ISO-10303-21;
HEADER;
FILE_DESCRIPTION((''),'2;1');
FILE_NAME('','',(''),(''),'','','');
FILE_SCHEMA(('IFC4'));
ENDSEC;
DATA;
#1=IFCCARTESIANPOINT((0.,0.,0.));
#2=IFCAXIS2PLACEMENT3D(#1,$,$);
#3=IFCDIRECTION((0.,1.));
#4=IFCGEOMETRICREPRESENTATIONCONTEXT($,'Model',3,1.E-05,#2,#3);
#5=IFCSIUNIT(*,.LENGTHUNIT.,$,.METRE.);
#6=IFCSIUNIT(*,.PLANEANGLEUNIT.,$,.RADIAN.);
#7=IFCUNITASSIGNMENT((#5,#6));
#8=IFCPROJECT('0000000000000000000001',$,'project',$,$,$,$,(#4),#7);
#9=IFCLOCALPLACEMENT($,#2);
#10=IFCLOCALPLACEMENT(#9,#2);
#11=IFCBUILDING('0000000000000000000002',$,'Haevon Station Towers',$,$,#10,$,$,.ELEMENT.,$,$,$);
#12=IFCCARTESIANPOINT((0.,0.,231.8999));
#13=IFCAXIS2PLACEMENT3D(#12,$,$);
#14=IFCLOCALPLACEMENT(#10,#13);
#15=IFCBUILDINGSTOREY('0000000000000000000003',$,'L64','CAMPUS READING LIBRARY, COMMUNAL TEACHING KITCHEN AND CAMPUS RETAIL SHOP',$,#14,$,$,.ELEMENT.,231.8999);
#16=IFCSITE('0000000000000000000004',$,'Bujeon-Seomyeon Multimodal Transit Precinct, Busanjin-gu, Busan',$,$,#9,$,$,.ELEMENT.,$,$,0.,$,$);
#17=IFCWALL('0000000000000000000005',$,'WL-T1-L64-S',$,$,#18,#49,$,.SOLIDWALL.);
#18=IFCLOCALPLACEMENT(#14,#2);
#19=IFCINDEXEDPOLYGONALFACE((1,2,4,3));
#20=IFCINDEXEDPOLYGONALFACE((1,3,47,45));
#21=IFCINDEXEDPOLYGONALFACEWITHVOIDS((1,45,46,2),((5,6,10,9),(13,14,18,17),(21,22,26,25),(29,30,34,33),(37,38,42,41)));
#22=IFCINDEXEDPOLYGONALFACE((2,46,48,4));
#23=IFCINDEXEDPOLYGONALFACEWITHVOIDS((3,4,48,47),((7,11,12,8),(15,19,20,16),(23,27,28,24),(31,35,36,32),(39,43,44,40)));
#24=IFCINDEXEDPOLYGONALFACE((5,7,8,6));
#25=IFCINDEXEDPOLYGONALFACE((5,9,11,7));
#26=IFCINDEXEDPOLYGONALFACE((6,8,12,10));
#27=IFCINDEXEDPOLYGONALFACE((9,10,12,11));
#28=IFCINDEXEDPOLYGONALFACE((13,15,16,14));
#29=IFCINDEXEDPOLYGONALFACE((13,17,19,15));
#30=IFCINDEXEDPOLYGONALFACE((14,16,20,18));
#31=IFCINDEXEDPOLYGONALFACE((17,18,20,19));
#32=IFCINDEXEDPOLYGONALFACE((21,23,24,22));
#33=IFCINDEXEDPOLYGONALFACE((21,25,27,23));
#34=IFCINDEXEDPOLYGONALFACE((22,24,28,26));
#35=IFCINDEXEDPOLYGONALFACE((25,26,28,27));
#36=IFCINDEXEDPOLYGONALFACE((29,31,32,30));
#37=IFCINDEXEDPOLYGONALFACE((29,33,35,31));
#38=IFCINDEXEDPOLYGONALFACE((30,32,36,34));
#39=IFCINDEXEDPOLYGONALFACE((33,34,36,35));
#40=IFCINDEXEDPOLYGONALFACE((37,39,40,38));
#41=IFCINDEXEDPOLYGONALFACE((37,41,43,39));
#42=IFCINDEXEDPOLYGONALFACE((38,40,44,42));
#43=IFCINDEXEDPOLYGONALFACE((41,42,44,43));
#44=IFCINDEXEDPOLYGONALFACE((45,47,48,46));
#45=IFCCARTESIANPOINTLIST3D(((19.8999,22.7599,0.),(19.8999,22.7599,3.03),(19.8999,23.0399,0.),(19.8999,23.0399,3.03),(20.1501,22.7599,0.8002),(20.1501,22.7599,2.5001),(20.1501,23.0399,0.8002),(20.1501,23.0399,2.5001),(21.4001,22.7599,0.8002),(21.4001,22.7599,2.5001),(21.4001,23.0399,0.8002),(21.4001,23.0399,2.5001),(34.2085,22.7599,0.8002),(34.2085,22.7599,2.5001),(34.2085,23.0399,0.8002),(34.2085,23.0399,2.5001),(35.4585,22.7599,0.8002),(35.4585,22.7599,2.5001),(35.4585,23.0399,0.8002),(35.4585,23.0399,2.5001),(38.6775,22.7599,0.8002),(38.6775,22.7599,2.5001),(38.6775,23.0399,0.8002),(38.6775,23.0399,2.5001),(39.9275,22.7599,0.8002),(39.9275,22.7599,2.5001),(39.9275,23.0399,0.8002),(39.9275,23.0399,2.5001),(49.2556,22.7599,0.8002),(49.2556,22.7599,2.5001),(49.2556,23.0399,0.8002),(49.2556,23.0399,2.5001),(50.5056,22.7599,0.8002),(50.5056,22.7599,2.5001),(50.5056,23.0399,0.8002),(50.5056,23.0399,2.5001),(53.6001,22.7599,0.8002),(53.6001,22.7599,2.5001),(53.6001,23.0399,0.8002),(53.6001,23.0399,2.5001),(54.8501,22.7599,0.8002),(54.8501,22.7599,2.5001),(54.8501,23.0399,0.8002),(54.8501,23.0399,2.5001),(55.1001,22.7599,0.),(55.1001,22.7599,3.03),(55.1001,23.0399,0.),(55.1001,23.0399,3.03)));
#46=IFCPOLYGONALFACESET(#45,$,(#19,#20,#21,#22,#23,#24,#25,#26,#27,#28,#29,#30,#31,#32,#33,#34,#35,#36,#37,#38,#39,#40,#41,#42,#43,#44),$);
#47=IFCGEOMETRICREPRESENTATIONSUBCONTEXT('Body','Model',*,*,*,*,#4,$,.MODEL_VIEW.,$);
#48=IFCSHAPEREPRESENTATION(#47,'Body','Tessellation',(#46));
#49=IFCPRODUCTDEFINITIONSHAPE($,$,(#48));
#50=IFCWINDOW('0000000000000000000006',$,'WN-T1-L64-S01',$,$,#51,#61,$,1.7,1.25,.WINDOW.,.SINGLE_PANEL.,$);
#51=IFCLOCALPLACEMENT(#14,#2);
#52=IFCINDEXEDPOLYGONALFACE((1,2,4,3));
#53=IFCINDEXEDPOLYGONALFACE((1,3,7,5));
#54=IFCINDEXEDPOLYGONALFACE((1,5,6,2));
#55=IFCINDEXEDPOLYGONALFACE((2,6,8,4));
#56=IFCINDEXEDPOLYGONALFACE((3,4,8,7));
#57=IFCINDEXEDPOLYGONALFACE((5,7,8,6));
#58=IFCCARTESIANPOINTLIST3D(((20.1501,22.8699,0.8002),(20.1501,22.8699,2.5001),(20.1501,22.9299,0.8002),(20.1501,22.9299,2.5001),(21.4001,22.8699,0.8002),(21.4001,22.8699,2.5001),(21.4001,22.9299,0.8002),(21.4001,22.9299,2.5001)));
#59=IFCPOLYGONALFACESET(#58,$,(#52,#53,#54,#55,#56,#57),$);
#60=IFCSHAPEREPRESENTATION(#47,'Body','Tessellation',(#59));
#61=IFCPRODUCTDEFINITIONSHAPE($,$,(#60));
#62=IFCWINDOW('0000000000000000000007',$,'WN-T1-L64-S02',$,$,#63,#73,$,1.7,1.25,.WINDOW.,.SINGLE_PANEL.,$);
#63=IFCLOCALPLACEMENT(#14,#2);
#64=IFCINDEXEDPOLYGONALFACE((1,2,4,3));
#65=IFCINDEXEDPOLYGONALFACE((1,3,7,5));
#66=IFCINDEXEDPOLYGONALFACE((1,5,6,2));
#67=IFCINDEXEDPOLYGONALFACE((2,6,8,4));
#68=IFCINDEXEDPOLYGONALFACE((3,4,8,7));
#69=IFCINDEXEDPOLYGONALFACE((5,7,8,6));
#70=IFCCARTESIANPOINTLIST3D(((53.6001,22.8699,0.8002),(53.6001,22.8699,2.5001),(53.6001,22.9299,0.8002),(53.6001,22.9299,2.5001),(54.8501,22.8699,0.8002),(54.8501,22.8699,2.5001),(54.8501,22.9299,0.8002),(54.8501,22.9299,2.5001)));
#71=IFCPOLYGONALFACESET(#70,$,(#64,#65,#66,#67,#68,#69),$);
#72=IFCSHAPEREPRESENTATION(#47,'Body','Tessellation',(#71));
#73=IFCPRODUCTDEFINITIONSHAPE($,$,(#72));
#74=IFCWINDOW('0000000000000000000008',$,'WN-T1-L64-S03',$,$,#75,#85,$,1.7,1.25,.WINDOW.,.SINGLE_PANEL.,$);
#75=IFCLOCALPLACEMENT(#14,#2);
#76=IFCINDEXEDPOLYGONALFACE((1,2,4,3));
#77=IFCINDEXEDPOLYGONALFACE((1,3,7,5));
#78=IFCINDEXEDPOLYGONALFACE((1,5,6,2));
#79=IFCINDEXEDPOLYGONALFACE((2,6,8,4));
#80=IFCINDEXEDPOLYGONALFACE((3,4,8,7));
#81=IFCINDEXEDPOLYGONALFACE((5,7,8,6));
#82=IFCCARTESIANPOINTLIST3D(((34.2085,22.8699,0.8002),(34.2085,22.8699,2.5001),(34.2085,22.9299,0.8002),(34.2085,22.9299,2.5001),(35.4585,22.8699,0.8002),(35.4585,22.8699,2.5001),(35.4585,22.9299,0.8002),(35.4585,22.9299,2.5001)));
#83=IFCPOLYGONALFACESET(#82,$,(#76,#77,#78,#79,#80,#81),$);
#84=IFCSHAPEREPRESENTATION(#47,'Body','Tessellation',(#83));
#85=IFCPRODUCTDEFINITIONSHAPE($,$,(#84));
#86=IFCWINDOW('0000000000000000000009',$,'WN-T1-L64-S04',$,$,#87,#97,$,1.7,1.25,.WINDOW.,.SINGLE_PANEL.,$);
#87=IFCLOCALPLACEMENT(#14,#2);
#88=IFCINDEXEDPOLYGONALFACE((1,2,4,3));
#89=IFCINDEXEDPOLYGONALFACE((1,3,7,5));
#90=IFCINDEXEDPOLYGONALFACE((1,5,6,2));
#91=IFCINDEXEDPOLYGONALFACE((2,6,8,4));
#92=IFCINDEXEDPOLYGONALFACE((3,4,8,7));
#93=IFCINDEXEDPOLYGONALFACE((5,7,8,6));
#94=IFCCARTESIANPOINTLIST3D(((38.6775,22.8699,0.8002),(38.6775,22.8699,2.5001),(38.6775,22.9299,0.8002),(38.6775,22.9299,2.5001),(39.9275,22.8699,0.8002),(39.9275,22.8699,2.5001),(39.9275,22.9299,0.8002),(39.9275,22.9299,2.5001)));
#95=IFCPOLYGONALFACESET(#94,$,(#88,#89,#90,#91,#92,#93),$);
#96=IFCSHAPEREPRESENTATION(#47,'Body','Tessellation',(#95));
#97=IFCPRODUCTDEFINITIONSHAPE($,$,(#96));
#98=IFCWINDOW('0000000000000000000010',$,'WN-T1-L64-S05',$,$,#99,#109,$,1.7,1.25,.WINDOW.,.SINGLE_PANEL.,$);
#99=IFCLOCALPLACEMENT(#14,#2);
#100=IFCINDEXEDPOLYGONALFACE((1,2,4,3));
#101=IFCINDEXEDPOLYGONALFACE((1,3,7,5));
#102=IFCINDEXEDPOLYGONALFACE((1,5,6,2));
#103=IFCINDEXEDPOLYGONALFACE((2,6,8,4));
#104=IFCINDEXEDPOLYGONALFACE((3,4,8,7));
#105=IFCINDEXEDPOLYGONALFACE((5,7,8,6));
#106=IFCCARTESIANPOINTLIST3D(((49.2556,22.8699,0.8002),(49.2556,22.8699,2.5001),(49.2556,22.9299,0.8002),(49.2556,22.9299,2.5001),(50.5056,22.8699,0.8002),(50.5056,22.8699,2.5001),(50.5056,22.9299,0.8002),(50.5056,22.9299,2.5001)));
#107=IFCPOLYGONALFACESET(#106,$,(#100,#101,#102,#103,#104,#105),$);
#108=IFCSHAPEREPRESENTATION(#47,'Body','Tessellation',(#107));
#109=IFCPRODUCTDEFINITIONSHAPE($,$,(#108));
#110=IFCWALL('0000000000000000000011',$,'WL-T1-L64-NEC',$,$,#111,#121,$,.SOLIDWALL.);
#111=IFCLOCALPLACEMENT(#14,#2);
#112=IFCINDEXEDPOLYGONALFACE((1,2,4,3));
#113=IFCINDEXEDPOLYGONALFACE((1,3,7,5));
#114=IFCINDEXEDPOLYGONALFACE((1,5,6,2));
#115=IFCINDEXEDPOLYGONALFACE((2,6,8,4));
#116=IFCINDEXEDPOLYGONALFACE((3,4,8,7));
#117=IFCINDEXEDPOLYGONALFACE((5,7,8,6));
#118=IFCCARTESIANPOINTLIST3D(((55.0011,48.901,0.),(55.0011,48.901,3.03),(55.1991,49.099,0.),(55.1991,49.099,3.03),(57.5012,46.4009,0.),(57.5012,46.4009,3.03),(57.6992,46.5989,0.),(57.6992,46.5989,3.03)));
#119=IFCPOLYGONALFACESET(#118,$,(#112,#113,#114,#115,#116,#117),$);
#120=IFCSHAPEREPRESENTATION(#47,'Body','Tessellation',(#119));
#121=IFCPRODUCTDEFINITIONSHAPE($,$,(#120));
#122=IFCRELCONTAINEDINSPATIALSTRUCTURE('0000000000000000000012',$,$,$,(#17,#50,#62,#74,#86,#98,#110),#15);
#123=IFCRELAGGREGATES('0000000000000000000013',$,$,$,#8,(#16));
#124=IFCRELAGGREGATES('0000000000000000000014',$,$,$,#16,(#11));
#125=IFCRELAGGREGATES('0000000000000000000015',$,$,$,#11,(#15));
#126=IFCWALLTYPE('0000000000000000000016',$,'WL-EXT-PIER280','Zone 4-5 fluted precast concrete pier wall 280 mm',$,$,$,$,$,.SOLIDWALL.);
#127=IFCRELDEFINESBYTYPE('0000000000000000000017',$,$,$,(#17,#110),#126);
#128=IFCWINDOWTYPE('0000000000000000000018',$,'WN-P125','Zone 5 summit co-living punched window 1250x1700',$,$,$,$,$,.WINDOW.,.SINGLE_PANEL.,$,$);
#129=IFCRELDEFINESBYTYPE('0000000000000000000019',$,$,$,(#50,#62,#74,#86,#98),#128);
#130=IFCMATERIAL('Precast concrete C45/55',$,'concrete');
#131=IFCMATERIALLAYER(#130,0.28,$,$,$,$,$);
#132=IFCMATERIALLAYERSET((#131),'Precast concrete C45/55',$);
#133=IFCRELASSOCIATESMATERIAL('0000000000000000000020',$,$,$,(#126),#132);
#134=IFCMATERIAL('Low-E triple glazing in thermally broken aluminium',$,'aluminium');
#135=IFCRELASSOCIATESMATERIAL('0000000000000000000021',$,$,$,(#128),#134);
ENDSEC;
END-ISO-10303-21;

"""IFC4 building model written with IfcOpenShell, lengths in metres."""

from ifc_helpers import new_model, si_unit, direction, frame, frame_2d, origin, place, context, subcontext, project, spatial, rectangle, extrude, material, layer, layer_set, type_object, element, fill, save


model = new_model("IFC4")

# Units and contexts
model_context = context("Model", 3, precision=1e-05, world=origin(), true_north=direction((0.0, 1.0)))
body_context = subcontext(model_context, "Body", "Model", "MODEL_VIEW")
ifc_project = project(units=[si_unit("LENGTHUNIT", "METRE"), si_unit("PLANEANGLEUNIT", "RADIAN")], contexts=[model_context])

# Site, building, storey
site_placement = place(None, origin())
site = spatial("IfcSite", under=ifc_project, at=site_placement, Name="Bujeon-Seomyeon Multimodal Transit Precinct, Busanjin-gu, Busan", CompositionType="ELEMENT", RefElevation=0.0)
building_placement = place(site_placement, origin())
building = spatial("IfcBuilding", under=site, at=building_placement, Name="Haevon Station Towers", CompositionType="ELEMENT")
storey_placement = place(building_placement, frame((0.0, 0.0, 231.8999)))
storey = spatial("IfcBuildingStorey", under=building, at=storey_placement, Name="L64", Description="CAMPUS READING LIBRARY, COMMUNAL TEACHING KITCHEN AND CAMPUS RETAIL SHOP", CompositionType="ELEMENT", Elevation=231.8999)

# Wall, openings, windows
ifc_material_1 = material(Name="Precast concrete C45/55", Category="concrete")
ifc_layer_1 = layer(ifc_material_1, 0.28)
ifc_layer_set_1 = layer_set([ifc_layer_1], Name="Precast concrete C45/55")
wall_type_1 = type_object("IfcWallType", Name="WL-EXT-PIER280", Description="Zone 4-5 fluted precast concrete pier wall 280 mm", PredefinedType="SOLIDWALL", material=ifc_layer_set_1)
wall_1_placement = place(storey_placement, frame((55.1001, 22.8999, 0.0), z_axis=(0.0, 0.0, 1.0), x_axis=(-1.0, 0.0, 0.0)))
wall_1 = element("IfcWall", 1, at=wall_1_placement, inside=storey, type_object=wall_type_1, Name="WL-T1-L64-S", PredefinedType="SOLIDWALL", context=body_context, shape_type="SweptSolid", body=[
    extrude(rectangle(XDim=35.2002, YDim=0.28, at=frame_2d((17.6001, 0.0))), origin(), (0.0, 0.0, 1.0), 3.03),
])
opening_1_placement = place(wall_1_placement, frame((33.7, 0.0, 0.8)))
opening_1 = element("IfcOpeningElement", 2, at=opening_1_placement, cuts=wall_1, PredefinedType="OPENING", context=body_context, shape_type="SweptSolid", body=[
    extrude(rectangle(XDim=1.25, YDim=1.7, at=frame_2d((0.625, 0.8501))), frame((0.0, 0.1499, 0.0), z_axis=(0.0, -1.0, 0.0), x_axis=(1.0, 0.0, 0.0)), (0.0, 0.0, 1.0), 0.3),
])
opening_2_placement = place(wall_1_placement, frame((0.25, 0.0, 0.8)))
opening_2 = element("IfcOpeningElement", 3, at=opening_2_placement, cuts=wall_1, PredefinedType="OPENING", context=body_context, shape_type="SweptSolid", body=[
    extrude(rectangle(XDim=1.25, YDim=1.7, at=frame_2d((0.625, 0.8501))), frame((0.0, 0.1499, 0.0), z_axis=(0.0, -1.0, 0.0), x_axis=(1.0, 0.0, 0.0)), (0.0, 0.0, 1.0), 0.3),
])
opening_3_placement = place(wall_1_placement, frame((19.6416, 0.0, 0.8)))
opening_3 = element("IfcOpeningElement", 4, at=opening_3_placement, cuts=wall_1, PredefinedType="OPENING", context=body_context, shape_type="SweptSolid", body=[
    extrude(rectangle(XDim=1.25, YDim=1.7, at=frame_2d((0.625, 0.8501))), frame((0.0, 0.1499, 0.0), z_axis=(0.0, -1.0, 0.0), x_axis=(1.0, 0.0, 0.0)), (0.0, 0.0, 1.0), 0.3),
])
opening_4_placement = place(wall_1_placement, frame((15.1726, 0.0, 0.8)))
opening_4 = element("IfcOpeningElement", 5, at=opening_4_placement, cuts=wall_1, PredefinedType="OPENING", context=body_context, shape_type="SweptSolid", body=[
    extrude(rectangle(XDim=1.25, YDim=1.7, at=frame_2d((0.625, 0.8501))), frame((0.0, 0.1499, 0.0), z_axis=(0.0, -1.0, 0.0), x_axis=(1.0, 0.0, 0.0)), (0.0, 0.0, 1.0), 0.3),
])
opening_5_placement = place(wall_1_placement, frame((4.5945, 0.0, 0.8)))
opening_5 = element("IfcOpeningElement", 6, at=opening_5_placement, cuts=wall_1, PredefinedType="OPENING", context=body_context, shape_type="SweptSolid", body=[
    extrude(rectangle(XDim=1.25, YDim=1.7, at=frame_2d((0.625, 0.8501))), frame((0.0, 0.1499, 0.0), z_axis=(0.0, -1.0, 0.0), x_axis=(1.0, 0.0, 0.0)), (0.0, 0.0, 1.0), 0.3),
])
ifc_material_2 = material(Name="Low-E triple glazing in thermally broken aluminium", Category="aluminium")
window_type_1 = type_object("IfcWindowType", Name="WN-P125", Description="Zone 5 summit co-living punched window 1250x1700", PartitioningType="SINGLE_PANEL", PredefinedType="WINDOW", material=ifc_material_2)
window_1_placement = place(opening_1_placement, origin())
window_1 = element("IfcWindow", 7, at=window_1_placement, inside=storey, type_object=window_type_1, Name="WN-T1-L64-S01", OverallHeight=1.7, OverallWidth=1.25, PartitioningType="SINGLE_PANEL", PredefinedType="WINDOW", context=body_context, shape_type="SweptSolid", body=[
    extrude(rectangle(XDim=1.25, YDim=1.7, at=frame_2d((0.625, 0.8501))), frame((0.0, 0.03, 0.0), z_axis=(0.0, -1.0, 0.0), x_axis=(1.0, 0.0, 0.0)), (0.0, 0.0, 1.0), 0.0601),
])
fill(opening_1, window_1)
window_2_placement = place(opening_2_placement, origin())
window_2 = element("IfcWindow", 8, at=window_2_placement, inside=storey, type_object=window_type_1, Name="WN-T1-L64-S02", OverallHeight=1.7, OverallWidth=1.25, PartitioningType="SINGLE_PANEL", PredefinedType="WINDOW", context=body_context, shape_type="SweptSolid", body=[
    extrude(rectangle(XDim=1.25, YDim=1.7, at=frame_2d((0.625, 0.8501))), frame((0.0, 0.03, 0.0), z_axis=(0.0, -1.0, 0.0), x_axis=(1.0, 0.0, 0.0)), (0.0, 0.0, 1.0), 0.0601),
])
fill(opening_2, window_2)
window_3_placement = place(opening_3_placement, origin())
window_3 = element("IfcWindow", 9, at=window_3_placement, inside=storey, type_object=window_type_1, Name="WN-T1-L64-S03", OverallHeight=1.7, OverallWidth=1.25, PartitioningType="SINGLE_PANEL", PredefinedType="WINDOW", context=body_context, shape_type="SweptSolid", body=[
    extrude(rectangle(XDim=1.25, YDim=1.7, at=frame_2d((0.625, 0.8501))), frame((0.0, 0.03, 0.0), z_axis=(0.0, -1.0, 0.0), x_axis=(1.0, 0.0, 0.0)), (0.0, 0.0, 1.0), 0.0601),
])
fill(opening_3, window_3)
window_4_placement = place(opening_4_placement, origin())
window_4 = element("IfcWindow", 10, at=window_4_placement, inside=storey, type_object=window_type_1, Name="WN-T1-L64-S04", OverallHeight=1.7, OverallWidth=1.25, PartitioningType="SINGLE_PANEL", PredefinedType="WINDOW", context=body_context, shape_type="SweptSolid", body=[
    extrude(rectangle(XDim=1.25, YDim=1.7, at=frame_2d((0.625, 0.8501))), frame((0.0, 0.03, 0.0), z_axis=(0.0, -1.0, 0.0), x_axis=(1.0, 0.0, 0.0)), (0.0, 0.0, 1.0), 0.0601),
])
fill(opening_4, window_4)
window_5_placement = place(opening_5_placement, origin())
window_5 = element("IfcWindow", 11, at=window_5_placement, inside=storey, type_object=window_type_1, Name="WN-T1-L64-S05", OverallHeight=1.7, OverallWidth=1.25, PartitioningType="SINGLE_PANEL", PredefinedType="WINDOW", context=body_context, shape_type="SweptSolid", body=[
    extrude(rectangle(XDim=1.25, YDim=1.7, at=frame_2d((0.625, 0.8501))), frame((0.0, 0.03, 0.0), z_axis=(0.0, -1.0, 0.0), x_axis=(1.0, 0.0, 0.0)), (0.0, 0.0, 1.0), 0.0601),
])
fill(opening_5, window_5)

# Wall
wall_2_placement = place(storey_placement, frame((55.1001, 49.0, 0.0), z_axis=(0.0, 0.0, 1.0), x_axis=(0.707107, -0.707107, 0.0)))
element("IfcWall", 12, at=wall_2_placement, inside=storey, type_object=wall_type_1, Name="WL-T1-L64-NEC", PredefinedType="SOLIDWALL", context=body_context, shape_type="SweptSolid", body=[
    extrude(rectangle(XDim=3.5356, YDim=0.28, at=frame_2d((1.7678, 0.0))), origin(), (0.0, 0.0, 1.0), 3.03),
])

save(model, "model.ifc")
